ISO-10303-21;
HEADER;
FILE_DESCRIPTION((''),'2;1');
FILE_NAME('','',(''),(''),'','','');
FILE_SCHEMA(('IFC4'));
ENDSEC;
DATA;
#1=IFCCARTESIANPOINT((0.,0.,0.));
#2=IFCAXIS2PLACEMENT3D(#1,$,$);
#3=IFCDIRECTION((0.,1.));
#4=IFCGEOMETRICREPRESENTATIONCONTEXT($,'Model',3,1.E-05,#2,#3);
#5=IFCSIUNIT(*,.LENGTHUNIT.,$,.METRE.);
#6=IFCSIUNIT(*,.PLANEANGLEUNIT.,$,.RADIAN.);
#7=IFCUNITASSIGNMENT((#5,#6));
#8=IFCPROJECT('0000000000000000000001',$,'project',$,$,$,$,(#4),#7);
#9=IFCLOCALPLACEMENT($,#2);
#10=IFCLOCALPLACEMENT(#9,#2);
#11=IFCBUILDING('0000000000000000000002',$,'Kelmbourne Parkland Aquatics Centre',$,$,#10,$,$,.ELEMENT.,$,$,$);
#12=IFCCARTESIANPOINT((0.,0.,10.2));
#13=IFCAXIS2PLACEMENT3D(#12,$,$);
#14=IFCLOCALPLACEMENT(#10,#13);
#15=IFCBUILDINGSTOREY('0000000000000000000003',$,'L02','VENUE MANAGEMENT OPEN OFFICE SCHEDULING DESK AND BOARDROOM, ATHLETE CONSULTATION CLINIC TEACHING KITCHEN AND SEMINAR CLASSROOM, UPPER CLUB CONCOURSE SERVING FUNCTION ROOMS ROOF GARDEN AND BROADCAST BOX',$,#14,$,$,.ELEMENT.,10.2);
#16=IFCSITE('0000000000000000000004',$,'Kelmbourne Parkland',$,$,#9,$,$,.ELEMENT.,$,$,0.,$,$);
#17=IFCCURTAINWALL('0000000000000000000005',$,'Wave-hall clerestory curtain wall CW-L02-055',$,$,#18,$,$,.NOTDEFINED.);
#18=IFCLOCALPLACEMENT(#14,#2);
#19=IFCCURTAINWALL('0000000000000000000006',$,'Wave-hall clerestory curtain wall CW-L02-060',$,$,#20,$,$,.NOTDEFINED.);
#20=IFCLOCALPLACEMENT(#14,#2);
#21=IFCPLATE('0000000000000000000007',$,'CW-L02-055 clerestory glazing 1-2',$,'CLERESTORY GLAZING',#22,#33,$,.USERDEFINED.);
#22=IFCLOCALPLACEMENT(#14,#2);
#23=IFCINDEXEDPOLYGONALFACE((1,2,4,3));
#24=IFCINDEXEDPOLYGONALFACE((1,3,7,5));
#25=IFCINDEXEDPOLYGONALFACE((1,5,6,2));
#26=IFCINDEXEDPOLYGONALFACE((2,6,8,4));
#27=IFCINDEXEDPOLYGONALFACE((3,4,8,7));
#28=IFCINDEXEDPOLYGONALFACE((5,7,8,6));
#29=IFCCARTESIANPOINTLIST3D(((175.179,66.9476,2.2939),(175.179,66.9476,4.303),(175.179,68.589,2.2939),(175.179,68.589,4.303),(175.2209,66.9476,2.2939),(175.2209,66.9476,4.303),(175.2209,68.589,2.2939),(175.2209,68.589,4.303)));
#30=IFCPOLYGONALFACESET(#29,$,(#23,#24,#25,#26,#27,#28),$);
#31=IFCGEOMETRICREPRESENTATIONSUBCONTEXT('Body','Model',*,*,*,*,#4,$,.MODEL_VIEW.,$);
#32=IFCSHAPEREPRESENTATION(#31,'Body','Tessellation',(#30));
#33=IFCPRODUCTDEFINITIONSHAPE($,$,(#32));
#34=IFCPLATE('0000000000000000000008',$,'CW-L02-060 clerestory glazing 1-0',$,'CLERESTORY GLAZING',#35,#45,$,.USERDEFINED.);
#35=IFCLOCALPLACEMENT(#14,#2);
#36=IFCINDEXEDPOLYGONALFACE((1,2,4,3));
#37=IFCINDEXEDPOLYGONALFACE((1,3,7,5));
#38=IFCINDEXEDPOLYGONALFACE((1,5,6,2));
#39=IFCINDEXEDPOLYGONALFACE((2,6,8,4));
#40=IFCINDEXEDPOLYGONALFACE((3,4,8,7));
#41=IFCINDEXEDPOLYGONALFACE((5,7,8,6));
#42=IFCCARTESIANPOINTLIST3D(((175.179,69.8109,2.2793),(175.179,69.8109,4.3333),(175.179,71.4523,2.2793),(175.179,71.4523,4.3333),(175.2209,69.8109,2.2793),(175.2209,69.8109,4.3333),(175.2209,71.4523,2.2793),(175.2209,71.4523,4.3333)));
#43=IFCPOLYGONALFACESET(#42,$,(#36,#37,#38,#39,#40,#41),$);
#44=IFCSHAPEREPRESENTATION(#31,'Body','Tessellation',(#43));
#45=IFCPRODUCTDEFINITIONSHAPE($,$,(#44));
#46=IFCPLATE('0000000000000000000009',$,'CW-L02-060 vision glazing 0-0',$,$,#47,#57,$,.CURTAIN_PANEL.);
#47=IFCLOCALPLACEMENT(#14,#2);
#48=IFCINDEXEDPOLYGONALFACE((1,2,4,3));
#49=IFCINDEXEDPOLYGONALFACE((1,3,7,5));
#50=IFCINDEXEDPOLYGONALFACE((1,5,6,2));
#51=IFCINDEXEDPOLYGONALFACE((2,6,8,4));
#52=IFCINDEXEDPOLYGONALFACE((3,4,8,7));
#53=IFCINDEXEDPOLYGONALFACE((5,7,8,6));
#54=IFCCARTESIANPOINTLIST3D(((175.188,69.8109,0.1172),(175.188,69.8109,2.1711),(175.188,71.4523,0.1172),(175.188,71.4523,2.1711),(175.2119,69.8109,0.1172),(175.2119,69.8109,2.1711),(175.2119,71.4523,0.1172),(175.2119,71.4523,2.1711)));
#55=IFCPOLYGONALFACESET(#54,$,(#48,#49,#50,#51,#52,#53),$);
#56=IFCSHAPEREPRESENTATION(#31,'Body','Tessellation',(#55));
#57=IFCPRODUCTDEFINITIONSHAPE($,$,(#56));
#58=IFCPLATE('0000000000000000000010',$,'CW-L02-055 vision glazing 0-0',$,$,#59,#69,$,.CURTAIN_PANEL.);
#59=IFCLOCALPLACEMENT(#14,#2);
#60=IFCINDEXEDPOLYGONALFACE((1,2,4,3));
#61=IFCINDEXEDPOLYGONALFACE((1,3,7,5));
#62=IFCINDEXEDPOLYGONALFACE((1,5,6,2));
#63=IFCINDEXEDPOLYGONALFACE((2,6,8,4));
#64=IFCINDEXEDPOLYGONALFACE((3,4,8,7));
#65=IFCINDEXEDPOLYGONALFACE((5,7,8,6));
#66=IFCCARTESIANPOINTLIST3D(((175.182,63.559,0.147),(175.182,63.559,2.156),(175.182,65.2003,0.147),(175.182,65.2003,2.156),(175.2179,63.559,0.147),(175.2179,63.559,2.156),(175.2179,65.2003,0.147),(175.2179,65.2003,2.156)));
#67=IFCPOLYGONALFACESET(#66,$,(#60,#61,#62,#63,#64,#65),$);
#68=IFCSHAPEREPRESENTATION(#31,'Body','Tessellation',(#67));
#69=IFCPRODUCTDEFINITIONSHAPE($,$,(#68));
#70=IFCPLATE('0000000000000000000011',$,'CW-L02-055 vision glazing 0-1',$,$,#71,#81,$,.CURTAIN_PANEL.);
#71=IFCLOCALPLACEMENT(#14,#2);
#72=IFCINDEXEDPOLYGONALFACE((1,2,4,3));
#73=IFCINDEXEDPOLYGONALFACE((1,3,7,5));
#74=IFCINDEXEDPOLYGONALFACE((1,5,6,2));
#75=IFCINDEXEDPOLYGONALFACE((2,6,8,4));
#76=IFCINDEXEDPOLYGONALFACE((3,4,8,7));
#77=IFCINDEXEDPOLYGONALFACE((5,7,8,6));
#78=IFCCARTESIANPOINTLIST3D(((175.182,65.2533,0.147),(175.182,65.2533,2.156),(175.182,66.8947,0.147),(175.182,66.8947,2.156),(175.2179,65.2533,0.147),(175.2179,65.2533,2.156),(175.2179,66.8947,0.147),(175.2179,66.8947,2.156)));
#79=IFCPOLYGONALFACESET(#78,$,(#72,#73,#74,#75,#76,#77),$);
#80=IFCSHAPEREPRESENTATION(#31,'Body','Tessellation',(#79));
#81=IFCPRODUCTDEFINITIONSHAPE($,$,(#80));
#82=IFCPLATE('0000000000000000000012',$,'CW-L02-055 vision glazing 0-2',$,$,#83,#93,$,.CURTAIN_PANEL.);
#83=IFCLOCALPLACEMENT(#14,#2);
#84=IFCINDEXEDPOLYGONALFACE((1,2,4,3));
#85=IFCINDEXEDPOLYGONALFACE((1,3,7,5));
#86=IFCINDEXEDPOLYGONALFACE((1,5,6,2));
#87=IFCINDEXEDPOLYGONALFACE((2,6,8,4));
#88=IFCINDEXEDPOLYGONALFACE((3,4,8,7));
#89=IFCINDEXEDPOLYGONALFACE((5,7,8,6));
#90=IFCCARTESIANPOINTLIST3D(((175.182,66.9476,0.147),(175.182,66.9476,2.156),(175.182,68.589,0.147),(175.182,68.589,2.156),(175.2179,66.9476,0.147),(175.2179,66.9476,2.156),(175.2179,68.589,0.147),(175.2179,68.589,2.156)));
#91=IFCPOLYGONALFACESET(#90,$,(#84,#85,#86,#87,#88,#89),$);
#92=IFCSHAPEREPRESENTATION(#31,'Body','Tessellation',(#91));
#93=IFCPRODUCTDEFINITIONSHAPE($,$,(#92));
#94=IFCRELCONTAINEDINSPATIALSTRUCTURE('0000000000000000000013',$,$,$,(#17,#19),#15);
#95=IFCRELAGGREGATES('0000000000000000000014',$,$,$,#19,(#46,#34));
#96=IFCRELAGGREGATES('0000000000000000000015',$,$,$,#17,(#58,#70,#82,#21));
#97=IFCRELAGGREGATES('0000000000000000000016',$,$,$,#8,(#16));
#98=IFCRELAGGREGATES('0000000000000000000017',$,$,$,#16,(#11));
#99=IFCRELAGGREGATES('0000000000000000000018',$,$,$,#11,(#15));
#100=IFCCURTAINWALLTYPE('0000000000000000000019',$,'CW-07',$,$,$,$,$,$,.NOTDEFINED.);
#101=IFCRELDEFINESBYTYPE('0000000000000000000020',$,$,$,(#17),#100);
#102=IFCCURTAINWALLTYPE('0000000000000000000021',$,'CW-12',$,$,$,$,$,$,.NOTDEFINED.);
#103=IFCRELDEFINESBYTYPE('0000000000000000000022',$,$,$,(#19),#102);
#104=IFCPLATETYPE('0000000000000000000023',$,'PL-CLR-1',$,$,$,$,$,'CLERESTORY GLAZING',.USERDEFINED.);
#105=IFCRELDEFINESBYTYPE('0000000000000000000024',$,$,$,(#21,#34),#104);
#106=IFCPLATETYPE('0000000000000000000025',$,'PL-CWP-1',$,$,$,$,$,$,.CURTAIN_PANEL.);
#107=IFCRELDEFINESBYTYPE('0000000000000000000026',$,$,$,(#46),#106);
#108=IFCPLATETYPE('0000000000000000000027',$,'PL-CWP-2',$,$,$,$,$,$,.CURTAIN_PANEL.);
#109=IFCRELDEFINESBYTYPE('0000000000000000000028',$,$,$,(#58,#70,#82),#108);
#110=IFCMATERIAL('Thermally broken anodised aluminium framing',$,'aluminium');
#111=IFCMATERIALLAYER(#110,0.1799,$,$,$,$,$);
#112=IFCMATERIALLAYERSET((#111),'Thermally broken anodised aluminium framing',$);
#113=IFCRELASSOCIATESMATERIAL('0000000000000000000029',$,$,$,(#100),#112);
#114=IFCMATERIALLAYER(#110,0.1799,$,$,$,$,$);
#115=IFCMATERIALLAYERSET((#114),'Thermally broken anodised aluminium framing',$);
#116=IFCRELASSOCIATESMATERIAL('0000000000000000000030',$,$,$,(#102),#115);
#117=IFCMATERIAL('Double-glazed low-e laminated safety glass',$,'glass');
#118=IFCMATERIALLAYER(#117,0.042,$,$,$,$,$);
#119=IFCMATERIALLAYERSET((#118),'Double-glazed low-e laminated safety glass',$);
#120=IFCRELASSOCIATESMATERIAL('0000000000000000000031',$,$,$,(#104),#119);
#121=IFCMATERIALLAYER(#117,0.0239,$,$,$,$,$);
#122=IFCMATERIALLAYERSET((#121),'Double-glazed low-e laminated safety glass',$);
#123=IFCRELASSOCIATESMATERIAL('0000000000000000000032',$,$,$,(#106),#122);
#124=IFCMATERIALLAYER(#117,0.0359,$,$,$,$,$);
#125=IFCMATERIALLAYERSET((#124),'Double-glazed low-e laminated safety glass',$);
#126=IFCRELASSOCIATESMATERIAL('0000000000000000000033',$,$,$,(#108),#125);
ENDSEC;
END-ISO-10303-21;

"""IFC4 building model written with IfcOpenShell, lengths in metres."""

from ifc_helpers import new_model, si_unit, direction, frame, origin, origin_2d, place, context, subcontext, project, spatial, rectangle, extrude, material, layer, layer_set, type_object, element, aggregate, save


model = new_model("IFC4")

# Units and contexts
model_context = context("Model", 3, precision=1e-05, world=origin(), true_north=direction((0.0, 1.0)))
body_context = subcontext(model_context, "Body", "Model", "MODEL_VIEW")
ifc_project = project(units=[si_unit("LENGTHUNIT", "METRE"), si_unit("PLANEANGLEUNIT", "RADIAN")], contexts=[model_context])

# Site, building, storey
site_placement = place(None, origin())
site = spatial("IfcSite", under=ifc_project, at=site_placement, Name="Kelmbourne Parkland", CompositionType="ELEMENT", RefElevation=0.0)
building_placement = place(site_placement, origin())
building = spatial("IfcBuilding", under=site, at=building_placement, Name="Kelmbourne Parkland Aquatics Centre", CompositionType="ELEMENT")
storey_placement = place(building_placement, frame((0.0, 0.0, 10.2)))
storey = spatial("IfcBuildingStorey", under=building, at=storey_placement, Name="L02", Description="VENUE MANAGEMENT OPEN OFFICE SCHEDULING DESK AND BOARDROOM, ATHLETE CONSULTATION CLINIC TEACHING KITCHEN AND SEMINAR CLASSROOM, UPPER CLUB CONCOURSE SERVING FUNCTION ROOMS ROOF GARDEN AND BROADCAST BOX", CompositionType="ELEMENT", Elevation=10.2)

# Curtain walls
ifc_material_1 = material(Name="Thermally broken anodised aluminium framing", Category="aluminium")
ifc_layer_1 = layer(ifc_material_1, 0.1799)
ifc_layer_set_1 = layer_set([ifc_layer_1], Name="Thermally broken anodised aluminium framing")
curtain_wall_type_1 = type_object("IfcCurtainWallType", Name="CW-07", PredefinedType="NOTDEFINED", material=ifc_layer_set_1)
curtain_wall_1_placement = place(storey_placement, origin())
curtain_wall_1 = element("IfcCurtainWall", 1, at=curtain_wall_1_placement, inside=storey, type_object=curtain_wall_type_1, Name="Wave-hall clerestory curtain wall CW-L02-055", PredefinedType="NOTDEFINED")
ifc_layer_2 = layer(ifc_material_1, 0.1799)
ifc_layer_set_2 = layer_set([ifc_layer_2], Name="Thermally broken anodised aluminium framing")
curtain_wall_type_2 = type_object("IfcCurtainWallType", Name="CW-12", PredefinedType="NOTDEFINED", material=ifc_layer_set_2)
curtain_wall_2_placement = place(storey_placement, origin())
curtain_wall_2 = element("IfcCurtainWall", 2, at=curtain_wall_2_placement, inside=storey, type_object=curtain_wall_type_2, Name="Wave-hall clerestory curtain wall CW-L02-060", PredefinedType="NOTDEFINED")

# Plates
ifc_material_2 = material(Name="Double-glazed low-e laminated safety glass", Category="glass")
ifc_layer_3 = layer(ifc_material_2, 0.042)
ifc_layer_set_3 = layer_set([ifc_layer_3], Name="Double-glazed low-e laminated safety glass")
plate_type_1 = type_object("IfcPlateType", Name="PL-CLR-1", ElementType="CLERESTORY GLAZING", PredefinedType="USERDEFINED", material=ifc_layer_set_3)
plate_1_placement = place(storey_placement, frame((175.2, 67.7683, 2.2939), z_axis=(0.0, 0.0, 1.0), x_axis=(0.0, 1.0, 0.0)))
plate_1 = element("IfcPlate", 3, at=plate_1_placement, type_object=plate_type_1, Name="CW-L02-055 clerestory glazing 1-2", ObjectType="CLERESTORY GLAZING", PredefinedType="USERDEFINED", context=body_context, shape_type="SweptSolid", body=[
    extrude(rectangle(XDim=1.6414, YDim=0.042, at=origin_2d()), origin(), (0.0, 0.0, 1.0), 2.009),
])
plate_2_placement = place(storey_placement, frame((175.2, 70.6316, 2.2793), z_axis=(0.0, 0.0, 1.0), x_axis=(0.0, 1.0, 0.0)))
plate_2 = element("IfcPlate", 4, at=plate_2_placement, type_object=plate_type_1, Name="CW-L02-060 clerestory glazing 1-0", ObjectType="CLERESTORY GLAZING", PredefinedType="USERDEFINED", context=body_context, shape_type="SweptSolid", body=[
    extrude(rectangle(XDim=1.6414, YDim=0.042, at=origin_2d()), origin(), (0.0, 0.0, 1.0), 2.054),
])
ifc_layer_4 = layer(ifc_material_2, 0.0239)
ifc_layer_set_4 = layer_set([ifc_layer_4], Name="Double-glazed low-e laminated safety glass")
plate_type_2 = type_object("IfcPlateType", Name="PL-CWP-1", PredefinedType="CURTAIN_PANEL", material=ifc_layer_set_4)
plate_3_placement = place(storey_placement, frame((175.2, 70.6316, 0.1172), z_axis=(0.0, 0.0, 1.0), x_axis=(0.0, 1.0, 0.0)))
plate_3 = element("IfcPlate", 5, at=plate_3_placement, type_object=plate_type_2, Name="CW-L02-060 vision glazing 0-0", PredefinedType="CURTAIN_PANEL", context=body_context, shape_type="SweptSolid", body=[
    extrude(rectangle(XDim=1.6414, YDim=0.0239, at=origin_2d()), origin(), (0.0, 0.0, 1.0), 2.054),
])
aggregate(curtain_wall_2, [plate_3, plate_2])
ifc_layer_5 = layer(ifc_material_2, 0.0359)
ifc_layer_set_5 = layer_set([ifc_layer_5], Name="Double-glazed low-e laminated safety glass")
plate_type_3 = type_object("IfcPlateType", Name="PL-CWP-2", PredefinedType="CURTAIN_PANEL", material=ifc_layer_set_5)
plate_4_placement = place(storey_placement, frame((175.2, 64.3796, 0.147), z_axis=(0.0, 0.0, 1.0), x_axis=(0.0, 1.0, 0.0)))
plate_4 = element("IfcPlate", 6, at=plate_4_placement, type_object=plate_type_3, Name="CW-L02-055 vision glazing 0-0", PredefinedType="CURTAIN_PANEL", context=body_context, shape_type="SweptSolid", body=[
    extrude(rectangle(XDim=1.6414, YDim=0.0359, at=origin_2d()), origin(), (0.0, 0.0, 1.0), 2.009),
])
plate_5_placement = place(storey_placement, frame((175.2, 66.074, 0.147), z_axis=(0.0, 0.0, 1.0), x_axis=(0.0, 1.0, 0.0)))
plate_5 = element("IfcPlate", 7, at=plate_5_placement, type_object=plate_type_3, Name="CW-L02-055 vision glazing 0-1", PredefinedType="CURTAIN_PANEL", context=body_context, shape_type="SweptSolid", body=[
    extrude(rectangle(XDim=1.6414, YDim=0.0359, at=origin_2d()), origin(), (0.0, 0.0, 1.0), 2.009),
])
plate_6_placement = place(storey_placement, frame((175.2, 67.7683, 0.147), z_axis=(0.0, 0.0, 1.0), x_axis=(0.0, 1.0, 0.0)))
plate_6 = element("IfcPlate", 8, at=plate_6_placement, type_object=plate_type_3, Name="CW-L02-055 vision glazing 0-2", PredefinedType="CURTAIN_PANEL", context=body_context, shape_type="SweptSolid", body=[
    extrude(rectangle(XDim=1.6414, YDim=0.0359, at=origin_2d()), origin(), (0.0, 0.0, 1.0), 2.009),
])
aggregate(curtain_wall_1, [plate_4, plate_5, plate_6, plate_1])

save(model, "model.ifc")
